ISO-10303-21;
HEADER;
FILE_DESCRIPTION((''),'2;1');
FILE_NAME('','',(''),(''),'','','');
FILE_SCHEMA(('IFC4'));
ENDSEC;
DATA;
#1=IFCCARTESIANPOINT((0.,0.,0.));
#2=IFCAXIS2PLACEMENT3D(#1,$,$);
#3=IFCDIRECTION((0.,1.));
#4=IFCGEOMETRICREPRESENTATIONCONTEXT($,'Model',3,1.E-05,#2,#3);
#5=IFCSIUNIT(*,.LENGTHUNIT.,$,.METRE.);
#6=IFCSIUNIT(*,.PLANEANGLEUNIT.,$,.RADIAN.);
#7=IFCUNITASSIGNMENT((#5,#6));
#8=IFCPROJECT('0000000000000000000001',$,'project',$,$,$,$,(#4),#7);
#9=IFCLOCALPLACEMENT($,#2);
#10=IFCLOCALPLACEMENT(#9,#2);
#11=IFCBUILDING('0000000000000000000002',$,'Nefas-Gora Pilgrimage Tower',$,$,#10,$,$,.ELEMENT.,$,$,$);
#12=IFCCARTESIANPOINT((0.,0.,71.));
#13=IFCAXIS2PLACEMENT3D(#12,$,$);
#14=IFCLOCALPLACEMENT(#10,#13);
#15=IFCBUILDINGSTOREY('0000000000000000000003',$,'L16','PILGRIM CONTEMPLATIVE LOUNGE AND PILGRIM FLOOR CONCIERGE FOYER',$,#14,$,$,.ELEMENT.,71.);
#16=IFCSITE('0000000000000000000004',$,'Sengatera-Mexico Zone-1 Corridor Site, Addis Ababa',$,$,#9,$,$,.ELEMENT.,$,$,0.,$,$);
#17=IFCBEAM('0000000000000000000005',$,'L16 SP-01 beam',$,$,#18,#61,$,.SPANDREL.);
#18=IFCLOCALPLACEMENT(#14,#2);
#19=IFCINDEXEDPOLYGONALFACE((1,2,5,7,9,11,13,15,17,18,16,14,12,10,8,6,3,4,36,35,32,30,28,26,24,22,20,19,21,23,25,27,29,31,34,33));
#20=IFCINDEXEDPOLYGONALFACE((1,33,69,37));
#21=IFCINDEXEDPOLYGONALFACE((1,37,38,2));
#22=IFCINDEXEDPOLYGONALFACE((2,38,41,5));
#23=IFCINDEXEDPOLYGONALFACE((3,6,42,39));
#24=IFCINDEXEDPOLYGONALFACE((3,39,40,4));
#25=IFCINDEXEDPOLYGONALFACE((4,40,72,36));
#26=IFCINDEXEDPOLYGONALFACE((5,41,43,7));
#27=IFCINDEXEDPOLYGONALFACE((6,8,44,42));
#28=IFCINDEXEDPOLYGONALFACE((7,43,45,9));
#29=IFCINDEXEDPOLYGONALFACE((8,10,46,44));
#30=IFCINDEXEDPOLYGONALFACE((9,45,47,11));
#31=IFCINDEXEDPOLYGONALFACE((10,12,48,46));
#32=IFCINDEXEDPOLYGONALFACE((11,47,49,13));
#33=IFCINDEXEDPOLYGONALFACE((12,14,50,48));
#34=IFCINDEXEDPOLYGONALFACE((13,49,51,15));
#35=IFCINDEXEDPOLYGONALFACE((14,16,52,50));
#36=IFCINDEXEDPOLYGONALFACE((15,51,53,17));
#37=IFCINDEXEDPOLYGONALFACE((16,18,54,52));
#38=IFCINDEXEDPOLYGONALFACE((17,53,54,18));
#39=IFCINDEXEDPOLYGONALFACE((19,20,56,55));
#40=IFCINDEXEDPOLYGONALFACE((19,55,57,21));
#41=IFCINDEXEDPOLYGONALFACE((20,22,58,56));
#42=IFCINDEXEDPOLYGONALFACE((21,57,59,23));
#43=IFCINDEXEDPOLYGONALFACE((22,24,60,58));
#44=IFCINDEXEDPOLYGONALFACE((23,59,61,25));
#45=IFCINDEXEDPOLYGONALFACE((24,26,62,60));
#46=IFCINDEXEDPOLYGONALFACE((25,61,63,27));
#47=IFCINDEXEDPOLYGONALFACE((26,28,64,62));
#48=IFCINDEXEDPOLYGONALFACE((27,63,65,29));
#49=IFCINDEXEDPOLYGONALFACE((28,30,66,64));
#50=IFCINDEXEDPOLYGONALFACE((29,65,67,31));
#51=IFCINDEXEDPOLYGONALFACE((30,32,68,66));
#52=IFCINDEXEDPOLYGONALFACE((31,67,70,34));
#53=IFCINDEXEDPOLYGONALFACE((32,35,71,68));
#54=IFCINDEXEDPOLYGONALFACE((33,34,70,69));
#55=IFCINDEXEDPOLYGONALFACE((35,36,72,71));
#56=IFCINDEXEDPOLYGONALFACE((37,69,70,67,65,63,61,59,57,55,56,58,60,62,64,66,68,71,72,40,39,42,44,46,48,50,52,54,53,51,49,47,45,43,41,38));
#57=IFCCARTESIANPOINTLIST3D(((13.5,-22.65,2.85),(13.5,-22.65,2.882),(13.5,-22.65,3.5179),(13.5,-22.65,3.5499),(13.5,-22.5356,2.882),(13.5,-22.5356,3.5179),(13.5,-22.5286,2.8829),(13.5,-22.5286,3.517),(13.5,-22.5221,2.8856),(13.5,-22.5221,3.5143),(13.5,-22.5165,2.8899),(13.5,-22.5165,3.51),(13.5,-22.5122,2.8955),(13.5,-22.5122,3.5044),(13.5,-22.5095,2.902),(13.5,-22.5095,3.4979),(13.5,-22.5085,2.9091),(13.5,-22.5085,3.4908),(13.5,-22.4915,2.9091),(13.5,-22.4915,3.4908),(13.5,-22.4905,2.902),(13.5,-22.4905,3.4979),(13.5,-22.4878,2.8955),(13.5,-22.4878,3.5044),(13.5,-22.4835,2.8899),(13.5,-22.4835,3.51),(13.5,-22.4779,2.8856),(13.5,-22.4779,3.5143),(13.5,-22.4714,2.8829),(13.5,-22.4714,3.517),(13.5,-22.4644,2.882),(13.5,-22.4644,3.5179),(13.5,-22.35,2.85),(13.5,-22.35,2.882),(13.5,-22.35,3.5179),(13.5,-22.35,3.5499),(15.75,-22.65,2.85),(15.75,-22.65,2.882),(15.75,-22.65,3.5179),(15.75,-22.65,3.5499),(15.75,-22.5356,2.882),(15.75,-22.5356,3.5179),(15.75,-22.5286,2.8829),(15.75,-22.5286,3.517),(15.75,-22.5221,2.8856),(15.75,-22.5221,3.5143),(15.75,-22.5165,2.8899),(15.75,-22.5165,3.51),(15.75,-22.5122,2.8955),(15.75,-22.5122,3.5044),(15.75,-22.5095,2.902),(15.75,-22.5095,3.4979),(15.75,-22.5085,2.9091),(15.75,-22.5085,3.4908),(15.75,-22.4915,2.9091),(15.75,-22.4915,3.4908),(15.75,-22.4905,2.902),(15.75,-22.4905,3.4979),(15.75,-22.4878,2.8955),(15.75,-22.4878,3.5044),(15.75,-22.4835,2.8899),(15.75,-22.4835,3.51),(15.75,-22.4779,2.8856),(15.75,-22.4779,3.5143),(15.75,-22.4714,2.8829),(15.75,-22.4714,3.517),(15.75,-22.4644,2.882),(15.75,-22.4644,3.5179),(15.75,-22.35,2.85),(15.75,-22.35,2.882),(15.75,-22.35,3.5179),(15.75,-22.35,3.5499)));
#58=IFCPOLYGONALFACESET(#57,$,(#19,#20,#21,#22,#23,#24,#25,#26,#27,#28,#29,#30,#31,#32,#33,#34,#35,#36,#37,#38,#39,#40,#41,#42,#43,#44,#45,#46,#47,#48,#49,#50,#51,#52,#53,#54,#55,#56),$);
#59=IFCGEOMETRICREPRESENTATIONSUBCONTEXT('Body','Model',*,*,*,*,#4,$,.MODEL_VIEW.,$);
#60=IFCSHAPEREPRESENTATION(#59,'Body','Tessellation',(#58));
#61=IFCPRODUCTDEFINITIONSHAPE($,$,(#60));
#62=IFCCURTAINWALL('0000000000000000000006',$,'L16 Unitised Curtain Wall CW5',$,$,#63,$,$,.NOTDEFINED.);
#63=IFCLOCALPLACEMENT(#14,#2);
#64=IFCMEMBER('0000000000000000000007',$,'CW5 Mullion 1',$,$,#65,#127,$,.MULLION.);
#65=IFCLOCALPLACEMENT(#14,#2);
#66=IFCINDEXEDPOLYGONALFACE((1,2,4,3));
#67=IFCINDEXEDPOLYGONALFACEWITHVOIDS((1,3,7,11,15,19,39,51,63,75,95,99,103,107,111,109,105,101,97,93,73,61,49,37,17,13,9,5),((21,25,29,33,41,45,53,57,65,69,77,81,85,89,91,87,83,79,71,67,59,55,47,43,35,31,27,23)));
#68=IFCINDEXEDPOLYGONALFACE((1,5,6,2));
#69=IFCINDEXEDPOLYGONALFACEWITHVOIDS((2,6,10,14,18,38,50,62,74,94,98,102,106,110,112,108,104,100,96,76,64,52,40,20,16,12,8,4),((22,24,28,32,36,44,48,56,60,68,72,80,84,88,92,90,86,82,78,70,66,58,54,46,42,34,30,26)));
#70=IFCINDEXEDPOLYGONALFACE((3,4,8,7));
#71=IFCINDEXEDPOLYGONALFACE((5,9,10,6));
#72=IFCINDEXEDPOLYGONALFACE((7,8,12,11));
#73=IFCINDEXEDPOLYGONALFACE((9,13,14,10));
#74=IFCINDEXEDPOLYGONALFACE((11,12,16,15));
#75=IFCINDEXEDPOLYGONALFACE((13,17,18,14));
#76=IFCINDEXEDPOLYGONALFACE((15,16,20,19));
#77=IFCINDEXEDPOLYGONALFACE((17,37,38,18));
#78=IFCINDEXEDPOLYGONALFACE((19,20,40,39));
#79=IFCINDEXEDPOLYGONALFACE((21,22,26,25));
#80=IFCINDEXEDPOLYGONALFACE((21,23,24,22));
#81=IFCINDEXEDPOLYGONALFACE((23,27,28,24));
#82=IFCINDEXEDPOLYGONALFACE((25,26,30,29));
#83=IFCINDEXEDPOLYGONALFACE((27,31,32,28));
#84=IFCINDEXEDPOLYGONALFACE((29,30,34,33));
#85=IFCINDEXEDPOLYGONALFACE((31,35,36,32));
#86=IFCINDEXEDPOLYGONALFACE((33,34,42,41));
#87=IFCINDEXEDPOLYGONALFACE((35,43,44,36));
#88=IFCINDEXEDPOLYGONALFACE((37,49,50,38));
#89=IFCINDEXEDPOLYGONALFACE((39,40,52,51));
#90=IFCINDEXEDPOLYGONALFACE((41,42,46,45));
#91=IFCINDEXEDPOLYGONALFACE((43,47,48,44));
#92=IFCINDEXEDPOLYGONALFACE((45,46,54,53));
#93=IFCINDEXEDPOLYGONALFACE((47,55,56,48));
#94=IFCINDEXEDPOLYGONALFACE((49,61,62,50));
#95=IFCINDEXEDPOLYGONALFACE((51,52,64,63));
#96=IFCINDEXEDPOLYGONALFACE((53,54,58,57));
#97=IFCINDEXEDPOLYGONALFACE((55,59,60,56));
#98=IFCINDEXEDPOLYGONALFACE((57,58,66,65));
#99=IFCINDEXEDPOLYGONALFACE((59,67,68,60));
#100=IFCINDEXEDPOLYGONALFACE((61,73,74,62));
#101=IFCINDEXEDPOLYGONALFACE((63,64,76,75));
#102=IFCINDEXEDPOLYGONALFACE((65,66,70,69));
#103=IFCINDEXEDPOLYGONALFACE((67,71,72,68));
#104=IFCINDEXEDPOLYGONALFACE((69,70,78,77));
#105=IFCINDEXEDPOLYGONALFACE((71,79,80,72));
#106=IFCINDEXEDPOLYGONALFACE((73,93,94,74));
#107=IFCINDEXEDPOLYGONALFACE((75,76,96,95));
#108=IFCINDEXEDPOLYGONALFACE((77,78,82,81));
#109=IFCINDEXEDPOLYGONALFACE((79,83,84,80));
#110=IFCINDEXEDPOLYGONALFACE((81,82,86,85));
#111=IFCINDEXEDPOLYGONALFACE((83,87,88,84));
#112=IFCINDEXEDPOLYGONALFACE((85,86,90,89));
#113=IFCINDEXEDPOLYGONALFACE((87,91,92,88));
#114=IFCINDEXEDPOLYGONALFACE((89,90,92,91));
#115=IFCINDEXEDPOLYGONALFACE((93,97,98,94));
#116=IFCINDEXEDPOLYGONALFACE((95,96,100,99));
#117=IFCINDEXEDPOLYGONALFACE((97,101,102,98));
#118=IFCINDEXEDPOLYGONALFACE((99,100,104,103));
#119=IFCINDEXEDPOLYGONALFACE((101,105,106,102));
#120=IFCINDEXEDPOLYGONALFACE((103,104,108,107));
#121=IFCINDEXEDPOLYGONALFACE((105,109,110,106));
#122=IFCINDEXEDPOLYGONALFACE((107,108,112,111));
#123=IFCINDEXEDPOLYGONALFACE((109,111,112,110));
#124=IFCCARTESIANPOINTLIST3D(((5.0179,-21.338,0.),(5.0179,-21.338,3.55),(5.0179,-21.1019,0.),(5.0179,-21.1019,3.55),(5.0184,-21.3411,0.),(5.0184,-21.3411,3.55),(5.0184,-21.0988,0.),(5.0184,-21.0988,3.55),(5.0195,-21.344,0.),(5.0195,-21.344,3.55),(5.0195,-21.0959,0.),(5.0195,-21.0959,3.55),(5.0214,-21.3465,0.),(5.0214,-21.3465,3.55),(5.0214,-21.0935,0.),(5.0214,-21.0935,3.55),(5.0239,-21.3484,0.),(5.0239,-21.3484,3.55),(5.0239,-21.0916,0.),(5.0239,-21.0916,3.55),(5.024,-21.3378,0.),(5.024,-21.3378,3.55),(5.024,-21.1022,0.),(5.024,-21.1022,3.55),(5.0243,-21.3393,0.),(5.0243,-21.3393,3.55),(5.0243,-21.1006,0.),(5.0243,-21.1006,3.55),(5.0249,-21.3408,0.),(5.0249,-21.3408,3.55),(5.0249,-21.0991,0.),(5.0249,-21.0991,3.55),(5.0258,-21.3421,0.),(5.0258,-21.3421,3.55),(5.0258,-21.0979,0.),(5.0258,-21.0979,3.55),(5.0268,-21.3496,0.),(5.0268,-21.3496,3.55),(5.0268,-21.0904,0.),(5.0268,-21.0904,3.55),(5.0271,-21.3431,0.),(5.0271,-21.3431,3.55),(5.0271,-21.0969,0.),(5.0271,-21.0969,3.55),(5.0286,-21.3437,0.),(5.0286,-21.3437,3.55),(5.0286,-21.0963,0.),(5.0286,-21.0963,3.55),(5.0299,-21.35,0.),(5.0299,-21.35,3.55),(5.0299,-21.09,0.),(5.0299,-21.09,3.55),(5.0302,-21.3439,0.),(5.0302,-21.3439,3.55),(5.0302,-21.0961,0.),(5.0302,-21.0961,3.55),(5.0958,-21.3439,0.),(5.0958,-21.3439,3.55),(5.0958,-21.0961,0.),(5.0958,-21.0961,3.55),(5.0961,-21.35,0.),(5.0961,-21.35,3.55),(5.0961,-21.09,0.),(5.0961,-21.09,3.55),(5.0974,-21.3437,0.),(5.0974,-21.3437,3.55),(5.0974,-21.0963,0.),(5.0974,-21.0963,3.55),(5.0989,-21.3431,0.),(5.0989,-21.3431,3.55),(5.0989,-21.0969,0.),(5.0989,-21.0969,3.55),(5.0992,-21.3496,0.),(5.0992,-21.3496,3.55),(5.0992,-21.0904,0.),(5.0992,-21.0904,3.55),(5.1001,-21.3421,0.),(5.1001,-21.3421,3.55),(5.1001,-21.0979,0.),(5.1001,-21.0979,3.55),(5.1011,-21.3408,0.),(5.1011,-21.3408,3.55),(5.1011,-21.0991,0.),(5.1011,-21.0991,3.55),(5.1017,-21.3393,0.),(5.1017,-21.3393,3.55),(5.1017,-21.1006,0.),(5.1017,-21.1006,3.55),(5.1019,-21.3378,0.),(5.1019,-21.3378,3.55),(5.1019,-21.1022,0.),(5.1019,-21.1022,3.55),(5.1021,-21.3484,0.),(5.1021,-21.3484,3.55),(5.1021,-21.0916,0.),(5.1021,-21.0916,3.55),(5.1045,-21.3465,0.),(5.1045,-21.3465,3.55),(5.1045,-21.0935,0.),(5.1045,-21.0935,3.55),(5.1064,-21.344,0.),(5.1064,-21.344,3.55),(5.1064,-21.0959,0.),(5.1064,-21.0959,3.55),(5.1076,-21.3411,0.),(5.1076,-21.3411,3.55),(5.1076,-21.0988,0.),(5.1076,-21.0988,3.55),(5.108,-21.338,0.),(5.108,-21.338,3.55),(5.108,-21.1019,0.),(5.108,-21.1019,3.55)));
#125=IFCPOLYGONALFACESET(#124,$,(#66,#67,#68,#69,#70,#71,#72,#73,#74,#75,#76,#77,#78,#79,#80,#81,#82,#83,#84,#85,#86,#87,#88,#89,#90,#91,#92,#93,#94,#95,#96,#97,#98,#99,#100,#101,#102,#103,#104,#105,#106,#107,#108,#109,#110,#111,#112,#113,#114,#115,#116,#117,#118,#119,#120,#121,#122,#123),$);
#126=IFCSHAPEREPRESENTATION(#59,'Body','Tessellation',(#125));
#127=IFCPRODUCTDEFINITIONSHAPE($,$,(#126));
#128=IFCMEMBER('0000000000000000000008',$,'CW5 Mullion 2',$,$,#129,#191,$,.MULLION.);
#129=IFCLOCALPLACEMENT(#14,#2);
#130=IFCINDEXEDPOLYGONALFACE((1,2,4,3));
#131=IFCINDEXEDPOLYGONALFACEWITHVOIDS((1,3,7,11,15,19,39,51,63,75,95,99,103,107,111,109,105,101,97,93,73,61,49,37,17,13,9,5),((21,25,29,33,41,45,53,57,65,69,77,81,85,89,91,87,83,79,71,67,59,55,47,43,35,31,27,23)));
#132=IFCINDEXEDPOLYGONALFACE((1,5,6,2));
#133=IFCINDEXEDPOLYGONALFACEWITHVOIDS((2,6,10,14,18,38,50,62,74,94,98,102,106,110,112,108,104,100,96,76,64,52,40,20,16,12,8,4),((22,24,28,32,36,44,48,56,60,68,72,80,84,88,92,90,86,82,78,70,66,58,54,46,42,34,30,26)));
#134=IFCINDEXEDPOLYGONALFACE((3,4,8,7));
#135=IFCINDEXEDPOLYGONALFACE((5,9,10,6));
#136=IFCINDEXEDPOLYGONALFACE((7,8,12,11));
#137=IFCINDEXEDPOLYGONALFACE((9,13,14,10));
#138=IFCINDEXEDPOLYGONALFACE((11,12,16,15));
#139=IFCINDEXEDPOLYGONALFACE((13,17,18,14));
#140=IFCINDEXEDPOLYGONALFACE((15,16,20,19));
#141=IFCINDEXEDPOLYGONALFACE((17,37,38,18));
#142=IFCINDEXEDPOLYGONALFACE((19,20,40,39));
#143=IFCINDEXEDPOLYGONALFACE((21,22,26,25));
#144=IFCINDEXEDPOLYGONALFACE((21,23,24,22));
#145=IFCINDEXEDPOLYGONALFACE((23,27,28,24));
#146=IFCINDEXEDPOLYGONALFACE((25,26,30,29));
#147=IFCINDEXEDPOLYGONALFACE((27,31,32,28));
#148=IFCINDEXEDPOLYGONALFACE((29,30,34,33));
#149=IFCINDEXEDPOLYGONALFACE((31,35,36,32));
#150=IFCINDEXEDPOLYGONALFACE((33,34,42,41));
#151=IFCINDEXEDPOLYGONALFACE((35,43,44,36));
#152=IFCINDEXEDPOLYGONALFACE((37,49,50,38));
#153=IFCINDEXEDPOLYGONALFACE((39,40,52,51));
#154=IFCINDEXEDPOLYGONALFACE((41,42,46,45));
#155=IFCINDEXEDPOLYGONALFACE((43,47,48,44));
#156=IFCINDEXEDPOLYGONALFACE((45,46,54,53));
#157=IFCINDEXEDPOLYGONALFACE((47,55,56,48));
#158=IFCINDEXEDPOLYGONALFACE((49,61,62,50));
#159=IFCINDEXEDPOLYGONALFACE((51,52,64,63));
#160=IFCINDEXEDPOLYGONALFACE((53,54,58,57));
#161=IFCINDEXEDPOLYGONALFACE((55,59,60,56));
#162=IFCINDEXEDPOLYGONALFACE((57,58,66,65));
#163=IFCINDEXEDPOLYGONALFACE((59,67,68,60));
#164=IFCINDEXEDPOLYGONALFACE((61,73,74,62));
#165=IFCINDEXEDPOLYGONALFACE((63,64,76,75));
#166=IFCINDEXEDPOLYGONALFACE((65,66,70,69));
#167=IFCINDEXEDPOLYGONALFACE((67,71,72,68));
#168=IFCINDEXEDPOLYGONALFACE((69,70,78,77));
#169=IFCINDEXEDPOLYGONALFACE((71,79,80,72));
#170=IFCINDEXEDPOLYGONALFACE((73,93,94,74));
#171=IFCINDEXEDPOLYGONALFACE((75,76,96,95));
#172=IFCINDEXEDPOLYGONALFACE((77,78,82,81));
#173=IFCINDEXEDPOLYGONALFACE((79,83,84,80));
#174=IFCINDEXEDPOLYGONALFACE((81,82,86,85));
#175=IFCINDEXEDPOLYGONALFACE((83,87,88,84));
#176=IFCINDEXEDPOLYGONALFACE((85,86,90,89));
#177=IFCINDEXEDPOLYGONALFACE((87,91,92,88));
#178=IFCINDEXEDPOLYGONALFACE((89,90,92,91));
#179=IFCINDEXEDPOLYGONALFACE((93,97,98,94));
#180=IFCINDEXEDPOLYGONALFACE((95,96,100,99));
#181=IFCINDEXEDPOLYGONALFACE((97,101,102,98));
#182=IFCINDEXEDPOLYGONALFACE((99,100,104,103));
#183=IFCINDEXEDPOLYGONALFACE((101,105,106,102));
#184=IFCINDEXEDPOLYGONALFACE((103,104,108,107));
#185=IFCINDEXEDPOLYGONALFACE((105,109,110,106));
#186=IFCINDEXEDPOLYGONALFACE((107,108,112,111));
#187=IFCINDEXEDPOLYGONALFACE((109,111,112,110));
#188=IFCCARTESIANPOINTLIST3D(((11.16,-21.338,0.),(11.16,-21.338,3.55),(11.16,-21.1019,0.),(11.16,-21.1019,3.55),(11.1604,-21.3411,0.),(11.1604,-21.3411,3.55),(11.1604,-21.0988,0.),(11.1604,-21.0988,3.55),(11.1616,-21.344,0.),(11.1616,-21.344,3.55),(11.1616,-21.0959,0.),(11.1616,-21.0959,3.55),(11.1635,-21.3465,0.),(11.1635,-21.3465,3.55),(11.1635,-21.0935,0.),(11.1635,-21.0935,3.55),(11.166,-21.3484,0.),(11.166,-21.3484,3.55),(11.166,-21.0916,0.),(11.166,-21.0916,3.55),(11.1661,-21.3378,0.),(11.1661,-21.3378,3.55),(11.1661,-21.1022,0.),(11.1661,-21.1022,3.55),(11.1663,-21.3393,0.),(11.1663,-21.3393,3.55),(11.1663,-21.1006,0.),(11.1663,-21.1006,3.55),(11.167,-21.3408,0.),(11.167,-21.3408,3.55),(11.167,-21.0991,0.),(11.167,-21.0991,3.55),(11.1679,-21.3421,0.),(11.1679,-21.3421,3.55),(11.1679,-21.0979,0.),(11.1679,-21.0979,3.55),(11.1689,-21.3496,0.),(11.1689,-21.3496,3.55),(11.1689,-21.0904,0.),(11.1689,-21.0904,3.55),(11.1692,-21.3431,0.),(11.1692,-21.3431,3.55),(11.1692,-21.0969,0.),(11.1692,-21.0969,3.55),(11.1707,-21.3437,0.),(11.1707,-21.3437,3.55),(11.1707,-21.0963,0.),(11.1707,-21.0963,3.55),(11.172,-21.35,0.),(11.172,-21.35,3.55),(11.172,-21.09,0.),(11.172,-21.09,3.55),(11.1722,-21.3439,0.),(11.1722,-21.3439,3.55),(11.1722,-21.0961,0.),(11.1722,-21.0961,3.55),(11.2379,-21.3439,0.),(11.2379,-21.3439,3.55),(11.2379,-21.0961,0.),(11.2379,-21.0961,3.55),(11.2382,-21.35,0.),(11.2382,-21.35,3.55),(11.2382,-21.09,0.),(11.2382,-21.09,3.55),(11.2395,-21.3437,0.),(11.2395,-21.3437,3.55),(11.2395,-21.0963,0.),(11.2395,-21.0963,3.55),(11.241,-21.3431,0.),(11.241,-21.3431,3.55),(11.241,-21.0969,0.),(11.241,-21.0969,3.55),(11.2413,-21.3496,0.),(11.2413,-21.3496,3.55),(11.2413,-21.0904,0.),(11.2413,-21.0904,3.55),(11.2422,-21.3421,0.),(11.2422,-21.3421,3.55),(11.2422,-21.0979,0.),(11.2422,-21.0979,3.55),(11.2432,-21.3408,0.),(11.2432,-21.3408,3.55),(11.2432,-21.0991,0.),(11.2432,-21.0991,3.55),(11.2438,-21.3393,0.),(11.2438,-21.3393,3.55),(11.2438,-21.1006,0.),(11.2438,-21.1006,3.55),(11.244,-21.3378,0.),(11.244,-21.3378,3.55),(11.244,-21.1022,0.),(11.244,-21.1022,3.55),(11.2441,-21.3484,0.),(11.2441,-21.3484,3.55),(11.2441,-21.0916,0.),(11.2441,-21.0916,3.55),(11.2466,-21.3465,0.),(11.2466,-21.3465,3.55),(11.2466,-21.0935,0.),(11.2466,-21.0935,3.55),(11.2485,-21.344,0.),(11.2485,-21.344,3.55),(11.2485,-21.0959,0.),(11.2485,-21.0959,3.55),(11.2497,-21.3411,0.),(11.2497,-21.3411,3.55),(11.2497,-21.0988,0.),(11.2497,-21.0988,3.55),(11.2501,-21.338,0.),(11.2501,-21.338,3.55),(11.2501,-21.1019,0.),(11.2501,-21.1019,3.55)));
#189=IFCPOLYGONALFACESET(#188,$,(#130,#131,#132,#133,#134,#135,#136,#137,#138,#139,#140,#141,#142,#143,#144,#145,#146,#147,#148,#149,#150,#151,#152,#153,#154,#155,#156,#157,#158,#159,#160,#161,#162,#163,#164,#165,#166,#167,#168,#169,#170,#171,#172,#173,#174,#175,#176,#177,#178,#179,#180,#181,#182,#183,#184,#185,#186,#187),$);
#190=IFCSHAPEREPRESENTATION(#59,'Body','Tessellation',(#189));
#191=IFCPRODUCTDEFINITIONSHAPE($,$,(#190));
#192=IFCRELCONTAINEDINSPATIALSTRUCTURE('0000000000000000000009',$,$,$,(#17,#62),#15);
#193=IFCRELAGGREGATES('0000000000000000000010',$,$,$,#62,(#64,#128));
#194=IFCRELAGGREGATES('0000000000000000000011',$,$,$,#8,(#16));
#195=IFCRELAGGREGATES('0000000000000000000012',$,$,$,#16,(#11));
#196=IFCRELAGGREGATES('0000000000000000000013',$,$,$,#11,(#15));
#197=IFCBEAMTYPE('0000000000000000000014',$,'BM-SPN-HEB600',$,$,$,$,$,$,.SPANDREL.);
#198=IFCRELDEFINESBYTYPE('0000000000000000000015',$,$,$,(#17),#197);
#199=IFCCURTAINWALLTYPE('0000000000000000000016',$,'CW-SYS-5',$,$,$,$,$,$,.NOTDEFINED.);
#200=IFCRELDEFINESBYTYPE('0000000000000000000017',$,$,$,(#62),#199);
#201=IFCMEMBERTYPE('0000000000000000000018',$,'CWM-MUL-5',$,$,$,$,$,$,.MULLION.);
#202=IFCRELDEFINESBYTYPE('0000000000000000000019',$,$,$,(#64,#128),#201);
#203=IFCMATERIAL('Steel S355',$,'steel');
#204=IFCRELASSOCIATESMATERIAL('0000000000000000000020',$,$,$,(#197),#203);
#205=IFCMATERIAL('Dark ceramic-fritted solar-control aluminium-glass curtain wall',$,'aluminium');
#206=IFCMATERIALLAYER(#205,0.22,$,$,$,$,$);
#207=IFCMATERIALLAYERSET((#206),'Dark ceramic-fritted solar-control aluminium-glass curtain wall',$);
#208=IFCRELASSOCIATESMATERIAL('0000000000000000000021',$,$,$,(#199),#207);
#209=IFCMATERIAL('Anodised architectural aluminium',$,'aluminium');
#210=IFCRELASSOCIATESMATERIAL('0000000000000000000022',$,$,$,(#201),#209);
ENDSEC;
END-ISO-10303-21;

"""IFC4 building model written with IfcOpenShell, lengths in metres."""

from ifc_helpers import new_model, si_unit, direction, frame, origin, origin_2d, place, context, subcontext, project, spatial, hollow_rectangle, i_section, extrude, source, transform, mapped, material, layer, layer_set, material_profile, profile_set, type_object, element, aggregate, save


model = new_model("IFC4")

# Units and contexts
model_context = context("Model", 3, precision=1e-05, world=origin(), true_north=direction((0.0, 1.0)))
body_context = subcontext(model_context, "Body", "Model", "MODEL_VIEW")
ifc_project = project(units=[si_unit("LENGTHUNIT", "METRE"), si_unit("PLANEANGLEUNIT", "RADIAN")], contexts=[model_context])

# Site, building, storey
site_placement = place(None, origin())
site = spatial("IfcSite", under=ifc_project, at=site_placement, Name="Sengatera-Mexico Zone-1 Corridor Site, Addis Ababa", CompositionType="ELEMENT", RefElevation=0.0)
building_placement = place(site_placement, origin())
building = spatial("IfcBuilding", under=site, at=building_placement, Name="Nefas-Gora Pilgrimage Tower", CompositionType="ELEMENT")
storey_placement = place(building_placement, frame((0.0, 0.0, 71.0)))
storey = spatial("IfcBuildingStorey", under=building, at=storey_placement, Name="L16", Description="PILGRIM CONTEMPLATIVE LOUNGE AND PILGRIM FLOOR CONCIERGE FOYER", CompositionType="ELEMENT", Elevation=71.0)

# Beam
ifc_material_1 = material(Name="Steel S355", Category="steel")
ifc_material_profile_1 = material_profile(ifc_material_1, i_section(OverallWidth=0.3, OverallDepth=0.7, WebThickness=0.0171, FlangeThickness=0.032, FilletRadius=0.0271, at=origin_2d()), Name="HEB 700")
ifc_profile_set_1 = profile_set([ifc_material_profile_1], Name="Steel S355")
beam_type_1 = type_object("IfcBeamType", Name="BM-SPN-HEB600", PredefinedType="SPANDREL", material=ifc_profile_set_1)
shared_shape_1 = source(origin(), body_context, "Body", "SweptSolid", [
    extrude(i_section(OverallWidth=0.3, OverallDepth=0.7, WebThickness=0.0171, FlangeThickness=0.032, FilletRadius=0.0271, at=origin_2d()), origin(), (0.0, 0.0, 1.0), 2.25),
])
beam_1_placement = place(storey_placement, frame((13.5, -22.5, 3.2), z_axis=(1.0, 0.0, 0.0), x_axis=(0.0, 1.0, 0.0)))
element("IfcBeam", 1, at=beam_1_placement, inside=storey, type_object=beam_type_1, Name="L16 SP-01 beam", PredefinedType="SPANDREL", context=body_context, shape_type="MappedRepresentation", body=[
    mapped(shared_shape_1, transform((0.0, 0.0, 0.0), x_axis=(1.0, 0.0, 0.0), y_axis=(0.0, 1.0, 0.0), z_axis=(0.0, 0.0, 1.0), scale=1.0)),
])

# Curtain wall, members
ifc_material_2 = material(Name="Dark ceramic-fritted solar-control aluminium-glass curtain wall", Category="aluminium")
ifc_layer_1 = layer(ifc_material_2, 0.22)
ifc_layer_set_1 = layer_set([ifc_layer_1], Name="Dark ceramic-fritted solar-control aluminium-glass curtain wall")
curtain_wall_type_1 = type_object("IfcCurtainWallType", Name="CW-SYS-5", PredefinedType="NOTDEFINED", material=ifc_layer_set_1)
curtain_wall_1_placement = place(storey_placement, origin())
curtain_wall_1 = element("IfcCurtainWall", 2, at=curtain_wall_1_placement, inside=storey, type_object=curtain_wall_type_1, Name="L16 Unitised Curtain Wall CW5", PredefinedType="NOTDEFINED")
ifc_material_3 = material(Name="Anodised architectural aluminium", Category="aluminium")
ifc_material_profile_2 = material_profile(ifc_material_3, hollow_rectangle(XDim=0.0901, YDim=0.26, WallThickness=0.0061, InnerFilletRadius=0.0061, OuterFilletRadius=0.012, at=origin_2d()), Name="ALU MULLION 90x260")
ifc_profile_set_2 = profile_set([ifc_material_profile_2], Name="Anodised architectural aluminium")
member_type_1 = type_object("IfcMemberType", Name="CWM-MUL-5", PredefinedType="MULLION", material=ifc_profile_set_2)
shared_shape_2 = source(origin(), body_context, "Body", "SweptSolid", [
    extrude(hollow_rectangle(XDim=0.0901, YDim=0.26, WallThickness=0.0061, InnerFilletRadius=0.0061, OuterFilletRadius=0.012, at=origin_2d()), origin(), (0.0, 0.0, 1.0), 3.55),
])
member_1_placement = place(storey_placement, frame((5.063, -21.22, 0.0), z_axis=(0.0, 0.0, 1.0), x_axis=(1.0, 0.0, 0.0)))
member_1 = element("IfcMember", 3, at=member_1_placement, type_object=member_type_1, Name="CW5 Mullion 1", PredefinedType="MULLION", context=body_context, shape_type="MappedRepresentation", body=[
    mapped(shared_shape_2, transform((0.0, 0.0, 0.0), x_axis=(1.0, 0.0, 0.0), y_axis=(0.0, 1.0, 0.0), z_axis=(0.0, 0.0, 1.0), scale=1.0)),
])
member_2_placement = place(storey_placement, frame((11.2051, -21.22, 0.0), z_axis=(0.0, 0.0, 1.0), x_axis=(1.0, 0.0, 0.0)))
member_2 = element("IfcMember", 4, at=member_2_placement, type_object=member_type_1, Name="CW5 Mullion 2", PredefinedType="MULLION", context=body_context, shape_type="MappedRepresentation", body=[
    mapped(shared_shape_2, transform((0.0, 0.0, 0.0), x_axis=(1.0, 0.0, 0.0), y_axis=(0.0, 1.0, 0.0), z_axis=(0.0, 0.0, 1.0), scale=1.0)),
])

aggregate(curtain_wall_1, [member_1, member_2])

save(model, "model.ifc")
